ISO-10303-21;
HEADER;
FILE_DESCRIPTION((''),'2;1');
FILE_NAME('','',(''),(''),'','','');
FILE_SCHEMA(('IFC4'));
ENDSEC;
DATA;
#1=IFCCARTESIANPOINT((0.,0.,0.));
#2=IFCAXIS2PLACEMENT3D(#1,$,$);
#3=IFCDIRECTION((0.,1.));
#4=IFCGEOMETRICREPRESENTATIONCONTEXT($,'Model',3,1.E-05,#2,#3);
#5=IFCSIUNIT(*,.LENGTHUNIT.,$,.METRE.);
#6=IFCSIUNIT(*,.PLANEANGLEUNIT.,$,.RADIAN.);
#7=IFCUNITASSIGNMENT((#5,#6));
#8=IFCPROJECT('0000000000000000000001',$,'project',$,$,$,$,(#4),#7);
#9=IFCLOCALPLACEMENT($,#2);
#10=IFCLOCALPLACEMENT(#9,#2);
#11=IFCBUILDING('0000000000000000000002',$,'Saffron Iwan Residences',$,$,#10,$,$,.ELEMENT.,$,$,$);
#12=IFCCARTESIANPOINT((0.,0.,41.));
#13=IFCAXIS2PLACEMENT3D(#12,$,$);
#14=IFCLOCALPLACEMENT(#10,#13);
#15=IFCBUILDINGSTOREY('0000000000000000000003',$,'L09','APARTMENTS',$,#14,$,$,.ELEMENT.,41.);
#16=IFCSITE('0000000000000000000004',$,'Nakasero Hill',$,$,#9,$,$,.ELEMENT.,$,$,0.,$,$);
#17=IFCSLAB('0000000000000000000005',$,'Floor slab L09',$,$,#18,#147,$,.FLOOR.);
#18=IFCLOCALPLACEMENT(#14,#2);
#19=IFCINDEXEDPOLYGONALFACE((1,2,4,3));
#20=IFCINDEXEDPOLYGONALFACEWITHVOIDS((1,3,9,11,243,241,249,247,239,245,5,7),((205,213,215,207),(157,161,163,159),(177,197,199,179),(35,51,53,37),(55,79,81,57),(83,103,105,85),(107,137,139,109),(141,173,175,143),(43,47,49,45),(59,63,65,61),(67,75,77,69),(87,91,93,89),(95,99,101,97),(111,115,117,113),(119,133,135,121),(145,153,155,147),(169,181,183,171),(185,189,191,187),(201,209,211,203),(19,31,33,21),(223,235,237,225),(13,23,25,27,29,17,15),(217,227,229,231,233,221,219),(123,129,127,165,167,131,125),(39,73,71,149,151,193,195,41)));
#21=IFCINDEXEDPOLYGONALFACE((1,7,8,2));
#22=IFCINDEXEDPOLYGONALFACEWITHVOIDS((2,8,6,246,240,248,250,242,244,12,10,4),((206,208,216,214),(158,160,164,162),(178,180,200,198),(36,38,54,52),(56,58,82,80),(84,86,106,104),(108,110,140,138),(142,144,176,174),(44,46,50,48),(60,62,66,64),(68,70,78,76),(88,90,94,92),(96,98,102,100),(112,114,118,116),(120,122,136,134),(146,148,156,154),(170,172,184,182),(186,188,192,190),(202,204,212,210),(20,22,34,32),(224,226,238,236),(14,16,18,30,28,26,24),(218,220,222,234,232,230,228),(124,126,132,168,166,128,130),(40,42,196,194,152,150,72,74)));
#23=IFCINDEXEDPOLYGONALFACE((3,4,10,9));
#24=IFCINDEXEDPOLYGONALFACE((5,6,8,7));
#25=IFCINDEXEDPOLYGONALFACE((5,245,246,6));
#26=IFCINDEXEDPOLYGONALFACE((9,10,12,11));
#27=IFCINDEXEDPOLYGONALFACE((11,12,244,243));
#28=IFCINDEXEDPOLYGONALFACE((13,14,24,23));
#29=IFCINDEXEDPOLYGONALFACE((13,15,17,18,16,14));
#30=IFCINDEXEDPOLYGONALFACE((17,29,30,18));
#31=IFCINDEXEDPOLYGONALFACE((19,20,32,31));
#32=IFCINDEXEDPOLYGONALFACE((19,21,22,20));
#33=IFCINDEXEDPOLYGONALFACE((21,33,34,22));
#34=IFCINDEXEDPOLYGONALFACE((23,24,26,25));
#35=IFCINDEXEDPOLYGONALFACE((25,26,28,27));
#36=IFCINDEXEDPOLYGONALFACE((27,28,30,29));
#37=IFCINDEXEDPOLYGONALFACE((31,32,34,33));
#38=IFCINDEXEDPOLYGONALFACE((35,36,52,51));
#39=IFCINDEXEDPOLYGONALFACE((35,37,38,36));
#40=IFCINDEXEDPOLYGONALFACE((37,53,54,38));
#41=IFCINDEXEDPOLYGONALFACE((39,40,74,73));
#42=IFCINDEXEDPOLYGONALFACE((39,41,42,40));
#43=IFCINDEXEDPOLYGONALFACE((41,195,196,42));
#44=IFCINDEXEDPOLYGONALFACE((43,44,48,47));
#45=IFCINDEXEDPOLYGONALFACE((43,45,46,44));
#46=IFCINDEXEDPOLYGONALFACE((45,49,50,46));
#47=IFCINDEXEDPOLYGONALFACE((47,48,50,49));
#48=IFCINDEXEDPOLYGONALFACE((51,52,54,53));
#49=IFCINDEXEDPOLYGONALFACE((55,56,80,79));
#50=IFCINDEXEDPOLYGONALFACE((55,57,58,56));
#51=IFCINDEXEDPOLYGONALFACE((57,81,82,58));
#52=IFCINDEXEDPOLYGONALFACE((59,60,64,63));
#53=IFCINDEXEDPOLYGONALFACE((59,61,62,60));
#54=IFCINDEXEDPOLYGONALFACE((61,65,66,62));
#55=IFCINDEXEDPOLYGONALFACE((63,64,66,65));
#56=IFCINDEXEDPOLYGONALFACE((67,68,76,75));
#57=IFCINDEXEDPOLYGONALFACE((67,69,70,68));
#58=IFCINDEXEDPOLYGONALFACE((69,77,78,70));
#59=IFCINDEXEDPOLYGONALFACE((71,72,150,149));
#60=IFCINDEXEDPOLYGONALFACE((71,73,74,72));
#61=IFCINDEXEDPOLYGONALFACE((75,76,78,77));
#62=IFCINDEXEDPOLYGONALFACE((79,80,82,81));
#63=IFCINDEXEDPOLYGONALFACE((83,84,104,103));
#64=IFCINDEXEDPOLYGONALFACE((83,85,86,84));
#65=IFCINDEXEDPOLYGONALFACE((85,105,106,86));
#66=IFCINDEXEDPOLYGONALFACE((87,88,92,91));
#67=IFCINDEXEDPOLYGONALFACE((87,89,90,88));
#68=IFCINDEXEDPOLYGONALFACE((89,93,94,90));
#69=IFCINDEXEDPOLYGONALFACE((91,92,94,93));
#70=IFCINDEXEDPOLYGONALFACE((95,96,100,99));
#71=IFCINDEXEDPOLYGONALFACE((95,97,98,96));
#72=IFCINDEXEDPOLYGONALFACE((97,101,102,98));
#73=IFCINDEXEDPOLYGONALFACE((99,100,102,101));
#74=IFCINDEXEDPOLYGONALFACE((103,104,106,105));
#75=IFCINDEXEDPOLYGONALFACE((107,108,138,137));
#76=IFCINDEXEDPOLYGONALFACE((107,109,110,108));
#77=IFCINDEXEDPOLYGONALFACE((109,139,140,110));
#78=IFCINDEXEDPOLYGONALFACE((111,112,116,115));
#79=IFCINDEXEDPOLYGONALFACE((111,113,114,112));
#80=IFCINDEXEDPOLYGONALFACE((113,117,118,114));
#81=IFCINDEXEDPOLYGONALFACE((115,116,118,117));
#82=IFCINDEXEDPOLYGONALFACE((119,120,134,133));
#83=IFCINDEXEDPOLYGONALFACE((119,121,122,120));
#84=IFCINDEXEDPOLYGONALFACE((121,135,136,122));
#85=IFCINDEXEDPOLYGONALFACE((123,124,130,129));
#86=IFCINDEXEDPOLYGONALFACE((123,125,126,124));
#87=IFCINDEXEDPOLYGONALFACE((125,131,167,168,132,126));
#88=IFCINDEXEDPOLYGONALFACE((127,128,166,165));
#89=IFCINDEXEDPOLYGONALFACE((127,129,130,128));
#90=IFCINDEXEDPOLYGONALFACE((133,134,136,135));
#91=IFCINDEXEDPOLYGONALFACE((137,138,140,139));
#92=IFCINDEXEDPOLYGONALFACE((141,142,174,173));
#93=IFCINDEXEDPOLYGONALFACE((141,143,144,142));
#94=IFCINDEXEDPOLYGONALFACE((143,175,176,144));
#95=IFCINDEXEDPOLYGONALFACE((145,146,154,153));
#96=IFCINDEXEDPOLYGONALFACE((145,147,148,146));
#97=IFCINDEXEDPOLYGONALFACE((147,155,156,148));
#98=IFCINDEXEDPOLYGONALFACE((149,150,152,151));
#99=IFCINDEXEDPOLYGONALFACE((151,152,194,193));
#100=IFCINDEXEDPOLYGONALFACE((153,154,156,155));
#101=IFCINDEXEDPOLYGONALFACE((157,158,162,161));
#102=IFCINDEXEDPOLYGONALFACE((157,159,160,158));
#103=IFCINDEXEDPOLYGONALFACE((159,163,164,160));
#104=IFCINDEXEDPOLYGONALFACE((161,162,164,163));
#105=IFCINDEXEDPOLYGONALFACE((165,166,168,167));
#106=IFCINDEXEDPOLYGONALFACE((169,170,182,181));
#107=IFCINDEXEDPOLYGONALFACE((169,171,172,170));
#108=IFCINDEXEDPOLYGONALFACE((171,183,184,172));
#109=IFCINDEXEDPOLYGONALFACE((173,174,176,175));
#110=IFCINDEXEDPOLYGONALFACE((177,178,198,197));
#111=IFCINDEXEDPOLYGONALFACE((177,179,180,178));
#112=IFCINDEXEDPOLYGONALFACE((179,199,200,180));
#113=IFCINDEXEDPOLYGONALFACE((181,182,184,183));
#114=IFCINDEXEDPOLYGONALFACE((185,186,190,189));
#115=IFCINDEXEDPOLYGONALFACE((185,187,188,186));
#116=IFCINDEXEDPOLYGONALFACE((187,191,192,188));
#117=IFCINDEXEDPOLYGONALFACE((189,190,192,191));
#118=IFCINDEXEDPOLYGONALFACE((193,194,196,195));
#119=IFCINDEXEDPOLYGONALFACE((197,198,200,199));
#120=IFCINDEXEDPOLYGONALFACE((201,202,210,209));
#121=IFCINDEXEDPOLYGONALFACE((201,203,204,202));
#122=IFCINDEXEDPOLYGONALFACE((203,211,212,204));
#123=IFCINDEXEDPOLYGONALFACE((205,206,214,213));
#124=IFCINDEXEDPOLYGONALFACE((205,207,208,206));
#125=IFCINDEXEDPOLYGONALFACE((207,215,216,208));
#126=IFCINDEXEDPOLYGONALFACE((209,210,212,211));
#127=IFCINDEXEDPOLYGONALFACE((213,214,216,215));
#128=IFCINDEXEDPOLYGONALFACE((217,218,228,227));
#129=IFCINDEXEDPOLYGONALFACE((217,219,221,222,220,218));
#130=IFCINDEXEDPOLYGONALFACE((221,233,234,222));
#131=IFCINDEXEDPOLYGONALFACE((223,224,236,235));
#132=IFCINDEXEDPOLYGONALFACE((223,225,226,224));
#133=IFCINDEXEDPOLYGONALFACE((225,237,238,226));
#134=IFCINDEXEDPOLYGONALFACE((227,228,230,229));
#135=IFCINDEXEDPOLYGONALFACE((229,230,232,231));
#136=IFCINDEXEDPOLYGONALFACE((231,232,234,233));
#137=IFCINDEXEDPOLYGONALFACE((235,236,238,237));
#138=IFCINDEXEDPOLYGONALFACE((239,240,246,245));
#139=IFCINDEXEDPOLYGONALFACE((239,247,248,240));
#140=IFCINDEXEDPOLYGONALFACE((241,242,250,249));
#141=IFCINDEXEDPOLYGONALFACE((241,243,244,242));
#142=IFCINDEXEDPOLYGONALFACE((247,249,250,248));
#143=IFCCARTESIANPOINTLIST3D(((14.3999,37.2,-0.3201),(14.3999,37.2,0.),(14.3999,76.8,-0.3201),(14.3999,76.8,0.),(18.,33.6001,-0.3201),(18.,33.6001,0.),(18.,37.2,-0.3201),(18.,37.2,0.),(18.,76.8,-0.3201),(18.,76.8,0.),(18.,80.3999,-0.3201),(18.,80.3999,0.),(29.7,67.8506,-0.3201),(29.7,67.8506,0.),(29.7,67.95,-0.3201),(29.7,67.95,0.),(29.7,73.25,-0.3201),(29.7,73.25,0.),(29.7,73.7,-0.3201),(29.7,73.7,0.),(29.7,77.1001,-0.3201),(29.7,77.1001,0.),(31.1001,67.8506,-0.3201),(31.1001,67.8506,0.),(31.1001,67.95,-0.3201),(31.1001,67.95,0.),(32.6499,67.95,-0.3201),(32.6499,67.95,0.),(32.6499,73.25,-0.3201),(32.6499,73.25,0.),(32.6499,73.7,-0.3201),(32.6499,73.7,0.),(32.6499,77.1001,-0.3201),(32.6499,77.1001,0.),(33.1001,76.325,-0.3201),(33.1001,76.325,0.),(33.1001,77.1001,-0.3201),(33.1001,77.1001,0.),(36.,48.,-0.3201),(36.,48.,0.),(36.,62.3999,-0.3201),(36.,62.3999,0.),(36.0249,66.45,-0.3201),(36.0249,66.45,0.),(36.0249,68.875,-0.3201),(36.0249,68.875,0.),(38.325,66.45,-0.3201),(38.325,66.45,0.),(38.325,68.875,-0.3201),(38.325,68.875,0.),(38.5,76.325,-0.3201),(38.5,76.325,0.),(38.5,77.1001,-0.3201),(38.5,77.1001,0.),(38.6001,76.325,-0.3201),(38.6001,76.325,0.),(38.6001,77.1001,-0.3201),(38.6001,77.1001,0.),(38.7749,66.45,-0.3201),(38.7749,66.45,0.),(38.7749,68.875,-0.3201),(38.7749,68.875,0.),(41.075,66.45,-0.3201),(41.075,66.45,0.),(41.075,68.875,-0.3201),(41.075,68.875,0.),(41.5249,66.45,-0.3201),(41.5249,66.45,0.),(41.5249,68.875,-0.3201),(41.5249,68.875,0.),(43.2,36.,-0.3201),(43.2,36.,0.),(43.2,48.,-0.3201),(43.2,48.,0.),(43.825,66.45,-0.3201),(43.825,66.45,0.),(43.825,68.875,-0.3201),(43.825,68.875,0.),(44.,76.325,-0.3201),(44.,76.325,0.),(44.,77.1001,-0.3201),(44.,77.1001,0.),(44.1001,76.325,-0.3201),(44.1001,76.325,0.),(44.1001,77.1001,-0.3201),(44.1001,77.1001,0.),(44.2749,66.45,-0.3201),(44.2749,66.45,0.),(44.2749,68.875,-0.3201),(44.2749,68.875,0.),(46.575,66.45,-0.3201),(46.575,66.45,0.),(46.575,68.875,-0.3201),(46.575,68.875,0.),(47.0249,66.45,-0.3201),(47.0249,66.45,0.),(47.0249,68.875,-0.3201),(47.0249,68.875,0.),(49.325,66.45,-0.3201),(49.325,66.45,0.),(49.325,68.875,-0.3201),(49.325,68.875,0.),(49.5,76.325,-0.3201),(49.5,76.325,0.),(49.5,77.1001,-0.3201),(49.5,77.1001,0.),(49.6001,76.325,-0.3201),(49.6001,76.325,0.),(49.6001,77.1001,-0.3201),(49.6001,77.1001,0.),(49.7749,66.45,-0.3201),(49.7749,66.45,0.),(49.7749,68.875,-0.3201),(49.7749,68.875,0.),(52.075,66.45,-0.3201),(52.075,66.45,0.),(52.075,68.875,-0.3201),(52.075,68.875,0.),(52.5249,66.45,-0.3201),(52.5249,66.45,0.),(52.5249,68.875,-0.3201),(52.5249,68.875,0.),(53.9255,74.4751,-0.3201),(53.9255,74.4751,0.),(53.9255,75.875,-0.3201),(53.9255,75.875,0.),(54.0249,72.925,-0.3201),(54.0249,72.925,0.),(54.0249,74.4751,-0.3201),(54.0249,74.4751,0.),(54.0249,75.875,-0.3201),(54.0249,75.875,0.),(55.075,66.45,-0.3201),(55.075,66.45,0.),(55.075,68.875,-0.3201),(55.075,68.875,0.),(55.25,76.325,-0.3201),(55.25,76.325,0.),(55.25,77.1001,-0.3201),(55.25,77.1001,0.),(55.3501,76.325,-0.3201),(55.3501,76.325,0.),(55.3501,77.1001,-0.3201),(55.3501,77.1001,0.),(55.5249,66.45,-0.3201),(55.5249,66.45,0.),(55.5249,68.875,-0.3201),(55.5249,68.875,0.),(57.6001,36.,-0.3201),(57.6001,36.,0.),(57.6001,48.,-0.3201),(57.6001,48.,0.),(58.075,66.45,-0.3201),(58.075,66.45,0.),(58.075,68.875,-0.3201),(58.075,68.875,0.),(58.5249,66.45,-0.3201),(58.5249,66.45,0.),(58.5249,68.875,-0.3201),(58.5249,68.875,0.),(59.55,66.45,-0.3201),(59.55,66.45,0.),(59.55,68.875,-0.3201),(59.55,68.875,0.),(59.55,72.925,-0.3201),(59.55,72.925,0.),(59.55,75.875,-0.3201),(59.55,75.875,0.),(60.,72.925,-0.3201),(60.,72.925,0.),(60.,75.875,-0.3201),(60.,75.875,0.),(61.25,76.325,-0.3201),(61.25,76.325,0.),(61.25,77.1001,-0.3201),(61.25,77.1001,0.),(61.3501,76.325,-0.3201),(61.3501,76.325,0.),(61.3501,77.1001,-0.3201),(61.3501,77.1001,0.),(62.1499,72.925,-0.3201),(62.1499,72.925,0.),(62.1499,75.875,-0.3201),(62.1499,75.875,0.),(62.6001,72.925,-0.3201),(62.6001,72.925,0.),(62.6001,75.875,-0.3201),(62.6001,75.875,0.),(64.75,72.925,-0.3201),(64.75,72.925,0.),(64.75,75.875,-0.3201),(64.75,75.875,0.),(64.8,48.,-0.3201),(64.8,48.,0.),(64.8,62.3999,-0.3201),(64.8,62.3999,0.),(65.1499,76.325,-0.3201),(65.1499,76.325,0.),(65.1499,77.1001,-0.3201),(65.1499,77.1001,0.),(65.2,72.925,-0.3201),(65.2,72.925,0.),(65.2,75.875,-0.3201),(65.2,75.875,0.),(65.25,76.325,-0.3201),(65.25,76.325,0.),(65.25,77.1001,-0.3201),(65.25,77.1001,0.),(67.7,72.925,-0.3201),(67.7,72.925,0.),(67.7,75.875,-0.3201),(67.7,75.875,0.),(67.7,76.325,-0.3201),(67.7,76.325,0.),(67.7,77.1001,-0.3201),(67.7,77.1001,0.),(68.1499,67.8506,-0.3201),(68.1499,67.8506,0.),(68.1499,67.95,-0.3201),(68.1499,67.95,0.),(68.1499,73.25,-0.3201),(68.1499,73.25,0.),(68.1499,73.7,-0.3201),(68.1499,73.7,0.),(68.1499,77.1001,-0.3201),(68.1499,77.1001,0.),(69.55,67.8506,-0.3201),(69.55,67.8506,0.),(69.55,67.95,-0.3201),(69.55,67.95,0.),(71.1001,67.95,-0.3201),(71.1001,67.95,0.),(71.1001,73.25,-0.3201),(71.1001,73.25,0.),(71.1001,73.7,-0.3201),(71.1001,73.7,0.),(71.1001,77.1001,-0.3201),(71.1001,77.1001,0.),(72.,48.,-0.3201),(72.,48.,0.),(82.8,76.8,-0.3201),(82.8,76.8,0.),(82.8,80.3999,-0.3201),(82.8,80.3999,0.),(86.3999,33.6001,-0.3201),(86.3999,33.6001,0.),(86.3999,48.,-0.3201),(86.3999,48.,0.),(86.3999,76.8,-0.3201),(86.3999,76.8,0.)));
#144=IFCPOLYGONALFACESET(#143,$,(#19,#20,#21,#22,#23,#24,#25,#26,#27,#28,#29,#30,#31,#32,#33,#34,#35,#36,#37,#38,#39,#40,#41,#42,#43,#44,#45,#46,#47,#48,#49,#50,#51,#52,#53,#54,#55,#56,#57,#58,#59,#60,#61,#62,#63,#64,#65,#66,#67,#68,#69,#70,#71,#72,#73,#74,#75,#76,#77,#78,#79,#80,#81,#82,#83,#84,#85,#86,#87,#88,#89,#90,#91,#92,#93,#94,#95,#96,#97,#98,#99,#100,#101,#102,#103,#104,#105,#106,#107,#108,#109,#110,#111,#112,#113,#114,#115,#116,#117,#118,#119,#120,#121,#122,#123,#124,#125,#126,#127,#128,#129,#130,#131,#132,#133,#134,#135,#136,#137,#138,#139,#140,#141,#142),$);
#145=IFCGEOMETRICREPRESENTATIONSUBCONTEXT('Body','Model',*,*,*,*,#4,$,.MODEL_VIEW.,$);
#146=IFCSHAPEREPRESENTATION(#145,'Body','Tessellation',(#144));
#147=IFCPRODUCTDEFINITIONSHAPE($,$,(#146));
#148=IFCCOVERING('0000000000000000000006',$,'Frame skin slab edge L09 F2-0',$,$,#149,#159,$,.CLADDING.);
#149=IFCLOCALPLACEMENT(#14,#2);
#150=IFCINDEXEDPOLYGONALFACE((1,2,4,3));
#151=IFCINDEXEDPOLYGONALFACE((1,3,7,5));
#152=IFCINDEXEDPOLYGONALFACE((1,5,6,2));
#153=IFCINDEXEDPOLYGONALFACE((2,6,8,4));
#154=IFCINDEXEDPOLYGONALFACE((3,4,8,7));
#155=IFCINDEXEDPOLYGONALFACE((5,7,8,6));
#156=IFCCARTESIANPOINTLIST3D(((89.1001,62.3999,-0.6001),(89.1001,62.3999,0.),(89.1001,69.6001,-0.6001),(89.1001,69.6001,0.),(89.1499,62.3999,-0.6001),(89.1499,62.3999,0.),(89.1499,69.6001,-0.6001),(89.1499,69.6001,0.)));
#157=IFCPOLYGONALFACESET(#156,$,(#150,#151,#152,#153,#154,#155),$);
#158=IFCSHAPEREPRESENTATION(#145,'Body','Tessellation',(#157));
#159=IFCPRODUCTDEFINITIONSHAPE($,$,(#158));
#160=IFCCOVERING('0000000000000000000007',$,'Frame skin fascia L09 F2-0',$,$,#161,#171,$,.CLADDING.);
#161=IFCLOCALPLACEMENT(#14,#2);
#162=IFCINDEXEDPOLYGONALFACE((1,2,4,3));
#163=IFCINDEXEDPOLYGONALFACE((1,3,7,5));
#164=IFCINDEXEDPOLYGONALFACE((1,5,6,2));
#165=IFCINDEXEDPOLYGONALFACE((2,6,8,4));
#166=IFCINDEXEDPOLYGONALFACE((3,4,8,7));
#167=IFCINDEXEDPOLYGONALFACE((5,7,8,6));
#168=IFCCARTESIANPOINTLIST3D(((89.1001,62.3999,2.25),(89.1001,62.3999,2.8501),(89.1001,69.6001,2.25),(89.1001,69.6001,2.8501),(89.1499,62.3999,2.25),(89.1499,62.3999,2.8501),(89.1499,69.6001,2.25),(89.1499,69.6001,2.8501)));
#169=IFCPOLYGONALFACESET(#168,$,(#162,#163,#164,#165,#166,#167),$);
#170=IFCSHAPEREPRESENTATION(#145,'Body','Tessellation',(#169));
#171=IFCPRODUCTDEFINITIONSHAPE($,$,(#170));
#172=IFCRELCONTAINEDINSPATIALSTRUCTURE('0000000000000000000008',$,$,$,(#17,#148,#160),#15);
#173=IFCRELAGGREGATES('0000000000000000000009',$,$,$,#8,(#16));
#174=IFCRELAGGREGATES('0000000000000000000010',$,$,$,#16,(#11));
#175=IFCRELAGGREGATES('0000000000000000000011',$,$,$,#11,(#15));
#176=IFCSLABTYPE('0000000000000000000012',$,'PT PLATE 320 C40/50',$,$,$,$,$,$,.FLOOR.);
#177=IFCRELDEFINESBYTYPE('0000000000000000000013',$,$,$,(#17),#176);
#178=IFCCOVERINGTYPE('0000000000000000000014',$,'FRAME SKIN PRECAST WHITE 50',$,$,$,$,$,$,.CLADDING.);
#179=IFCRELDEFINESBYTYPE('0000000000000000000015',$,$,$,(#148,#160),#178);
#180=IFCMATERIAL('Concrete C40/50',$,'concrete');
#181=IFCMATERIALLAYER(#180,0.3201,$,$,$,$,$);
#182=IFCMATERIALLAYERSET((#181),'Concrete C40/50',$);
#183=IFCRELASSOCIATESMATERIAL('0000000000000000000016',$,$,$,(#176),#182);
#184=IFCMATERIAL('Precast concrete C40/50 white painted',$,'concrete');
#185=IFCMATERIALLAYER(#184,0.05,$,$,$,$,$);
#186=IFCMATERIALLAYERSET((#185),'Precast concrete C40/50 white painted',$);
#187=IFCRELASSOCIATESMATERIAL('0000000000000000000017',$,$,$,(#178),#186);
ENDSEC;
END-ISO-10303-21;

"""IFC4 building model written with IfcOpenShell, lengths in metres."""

from ifc_helpers import new_model, si_unit, direction, frame, origin, place, context, subcontext, project, spatial, polyline, outline, extrude, material, layer, layer_set, type_object, element, save


model = new_model("IFC4")

# Units and contexts
model_context = context("Model", 3, precision=1e-05, world=origin(), true_north=direction((0.0, 1.0)))
body_context = subcontext(model_context, "Body", "Model", "MODEL_VIEW")
ifc_project = project(units=[si_unit("LENGTHUNIT", "METRE"), si_unit("PLANEANGLEUNIT", "RADIAN")], contexts=[model_context])

# Site, building, storey
site_placement = place(None, origin())
site = spatial("IfcSite", under=ifc_project, at=site_placement, Name="Nakasero Hill", CompositionType="ELEMENT", RefElevation=0.0)
building_placement = place(site_placement, origin())
building = spatial("IfcBuilding", under=site, at=building_placement, Name="Saffron Iwan Residences", CompositionType="ELEMENT")
storey_placement = place(building_placement, frame((0.0, 0.0, 41.0)))
storey = spatial("IfcBuildingStorey", under=building, at=storey_placement, Name="L09", Description="APARTMENTS", CompositionType="ELEMENT", Elevation=41.0)

# Slab
ifc_material_1 = material(Name="Concrete C40/50", Category="concrete")
ifc_layer_1 = layer(ifc_material_1, 0.3201)
ifc_layer_set_1 = layer_set([ifc_layer_1], Name="Concrete C40/50")
slab_type_1 = type_object("IfcSlabType", Name="PT PLATE 320 C40/50", PredefinedType="FLOOR", material=ifc_layer_set_1)
slab_1_placement = place(storey_placement, frame((0.0, 0.0, -0.3201)))
element("IfcSlab", 1, at=slab_1_placement, inside=storey, type_object=slab_type_1, Name="Floor slab L09", PredefinedType="FLOOR", context=body_context, shape_type="SweptSolid", body=[
    extrude(outline(polyline([(14.3999, 37.2), (14.3999, 76.8), (18.0, 76.8), (18.0, 80.3999), (82.8, 80.3999), (82.8, 76.8), (86.3999, 76.8), (86.3999, 48.0), (72.0, 48.0), (86.3999, 33.6001), (18.0, 33.6001), (18.0, 37.2), (14.3999, 37.2)]), holes=[polyline([(64.8, 48.0), (64.8, 62.3999), (36.0, 62.3999), (36.0, 48.0), (43.2, 48.0), (43.2, 36.0), (57.6001, 36.0), (57.6001, 48.0), (64.8, 48.0)]), polyline([(38.325, 68.875), (36.0249, 68.875), (36.0249, 66.45), (38.325, 66.45), (38.325, 68.875)]), polyline([(41.075, 66.45), (41.075, 68.875), (38.7749, 68.875), (38.7749, 66.45), (41.075, 66.45)]), polyline([(43.825, 66.45), (43.825, 68.875), (41.5249, 68.875), (41.5249, 66.45), (43.825, 66.45)]), polyline([(46.575, 68.875), (44.2749, 68.875), (44.2749, 66.45), (46.575, 66.45), (46.575, 68.875)]), polyline([(49.325, 66.45), (49.325, 68.875), (47.0249, 68.875), (47.0249, 66.45), (49.325, 66.45)]), polyline([(52.075, 66.45), (52.075, 68.875), (49.7749, 68.875), (49.7749, 66.45), (52.075, 66.45)]), polyline([(29.7, 73.25), (29.7, 67.95), (29.7, 67.8506), (31.1001, 67.8506), (31.1001, 67.95), (32.6499, 67.95), (32.6499, 73.25), (29.7, 73.25)]), polyline([(32.6499, 73.7), (32.6499, 77.1001), (29.7, 77.1001), (29.7, 73.7), (32.6499, 73.7)]), polyline([(38.5, 76.325), (38.5, 77.1001), (33.1001, 77.1001), (33.1001, 76.325), (38.5, 76.325)]), polyline([(44.0, 77.1001), (38.6001, 77.1001), (38.6001, 76.325), (44.0, 76.325), (44.0, 77.1001)]), polyline([(49.5, 76.325), (49.5, 77.1001), (44.1001, 77.1001), (44.1001, 76.325), (49.5, 76.325)]), polyline([(55.25, 76.325), (55.25, 77.1001), (49.6001, 77.1001), (49.6001, 76.325), (55.25, 76.325)]), polyline([(55.075, 68.875), (52.5249, 68.875), (52.5249, 66.45), (55.075, 66.45), (55.075, 68.875)]), polyline([(58.075, 66.45), (58.075, 68.875), (55.5249, 68.875), (55.5249, 66.45), (58.075, 66.45)]), polyline([(59.55, 66.45), (59.55, 68.875), (58.5249, 68.875), (58.5249, 66.45), (59.55, 66.45)]), polyline([(68.1499, 73.25), (68.1499, 67.95), (68.1499, 67.8506), (69.55, 67.8506), (69.55, 67.95), (71.1001, 67.95), (71.1001, 73.25), (68.1499, 73.25)]), polyline([(53.9255, 74.4751), (54.0249, 74.4751), (54.0249, 72.925), (59.55, 72.925), (59.55, 75.875), (54.0249, 75.875), (53.9255, 75.875), (53.9255, 74.4751)]), polyline([(62.1499, 72.925), (62.1499, 75.875), (60.0, 75.875), (60.0, 72.925), (62.1499, 72.925)]), polyline([(64.75, 75.875), (62.6001, 75.875), (62.6001, 72.925), (64.75, 72.925), (64.75, 75.875)]), polyline([(67.7, 72.925), (67.7, 75.875), (65.2, 75.875), (65.2, 72.925), (67.7, 72.925)]), polyline([(71.1001, 73.7), (71.1001, 77.1001), (68.1499, 77.1001), (68.1499, 73.7), (71.1001, 73.7)]), polyline([(61.25, 77.1001), (55.3501, 77.1001), (55.3501, 76.325), (61.25, 76.325), (61.25, 77.1001)]), polyline([(65.1499, 76.325), (65.1499, 77.1001), (61.3501, 77.1001), (61.3501, 76.325), (65.1499, 76.325)]), polyline([(67.7, 76.325), (67.7, 77.1001), (65.25, 77.1001), (65.25, 76.325), (67.7, 76.325)])]), origin(), (0.0, 0.0, 1.0), 0.3201),
])

# Coverings
ifc_material_2 = material(Name="Precast concrete C40/50 white painted", Category="concrete")
ifc_layer_2 = layer(ifc_material_2, 0.05)
ifc_layer_set_2 = layer_set([ifc_layer_2], Name="Precast concrete C40/50 white painted")
covering_type_1 = type_object("IfcCoveringType", Name="FRAME SKIN PRECAST WHITE 50", PredefinedType="CLADDING", material=ifc_layer_set_2)
for number, where, name in (
    (2, (0.0, 0.0, -0.6001), "Frame skin slab edge L09 F2-0"),
    (3, (0.0, 0.0, 2.25), "Frame skin fascia L09 F2-0"),
):
    element("IfcCovering", number, at=place(storey_placement, frame(where)), inside=storey, type_object=covering_type_1, Name=name, PredefinedType="CLADDING", context=body_context, shape_type="SweptSolid", body=[
        extrude(outline(polyline([(89.1499, 62.3999), (89.1499, 69.6001), (89.1001, 69.6001), (89.1001, 62.3999), (89.1499, 62.3999)])), origin(), (0.0, 0.0, 1.0), 0.6001),
    ])

save(model, "model.ifc")
